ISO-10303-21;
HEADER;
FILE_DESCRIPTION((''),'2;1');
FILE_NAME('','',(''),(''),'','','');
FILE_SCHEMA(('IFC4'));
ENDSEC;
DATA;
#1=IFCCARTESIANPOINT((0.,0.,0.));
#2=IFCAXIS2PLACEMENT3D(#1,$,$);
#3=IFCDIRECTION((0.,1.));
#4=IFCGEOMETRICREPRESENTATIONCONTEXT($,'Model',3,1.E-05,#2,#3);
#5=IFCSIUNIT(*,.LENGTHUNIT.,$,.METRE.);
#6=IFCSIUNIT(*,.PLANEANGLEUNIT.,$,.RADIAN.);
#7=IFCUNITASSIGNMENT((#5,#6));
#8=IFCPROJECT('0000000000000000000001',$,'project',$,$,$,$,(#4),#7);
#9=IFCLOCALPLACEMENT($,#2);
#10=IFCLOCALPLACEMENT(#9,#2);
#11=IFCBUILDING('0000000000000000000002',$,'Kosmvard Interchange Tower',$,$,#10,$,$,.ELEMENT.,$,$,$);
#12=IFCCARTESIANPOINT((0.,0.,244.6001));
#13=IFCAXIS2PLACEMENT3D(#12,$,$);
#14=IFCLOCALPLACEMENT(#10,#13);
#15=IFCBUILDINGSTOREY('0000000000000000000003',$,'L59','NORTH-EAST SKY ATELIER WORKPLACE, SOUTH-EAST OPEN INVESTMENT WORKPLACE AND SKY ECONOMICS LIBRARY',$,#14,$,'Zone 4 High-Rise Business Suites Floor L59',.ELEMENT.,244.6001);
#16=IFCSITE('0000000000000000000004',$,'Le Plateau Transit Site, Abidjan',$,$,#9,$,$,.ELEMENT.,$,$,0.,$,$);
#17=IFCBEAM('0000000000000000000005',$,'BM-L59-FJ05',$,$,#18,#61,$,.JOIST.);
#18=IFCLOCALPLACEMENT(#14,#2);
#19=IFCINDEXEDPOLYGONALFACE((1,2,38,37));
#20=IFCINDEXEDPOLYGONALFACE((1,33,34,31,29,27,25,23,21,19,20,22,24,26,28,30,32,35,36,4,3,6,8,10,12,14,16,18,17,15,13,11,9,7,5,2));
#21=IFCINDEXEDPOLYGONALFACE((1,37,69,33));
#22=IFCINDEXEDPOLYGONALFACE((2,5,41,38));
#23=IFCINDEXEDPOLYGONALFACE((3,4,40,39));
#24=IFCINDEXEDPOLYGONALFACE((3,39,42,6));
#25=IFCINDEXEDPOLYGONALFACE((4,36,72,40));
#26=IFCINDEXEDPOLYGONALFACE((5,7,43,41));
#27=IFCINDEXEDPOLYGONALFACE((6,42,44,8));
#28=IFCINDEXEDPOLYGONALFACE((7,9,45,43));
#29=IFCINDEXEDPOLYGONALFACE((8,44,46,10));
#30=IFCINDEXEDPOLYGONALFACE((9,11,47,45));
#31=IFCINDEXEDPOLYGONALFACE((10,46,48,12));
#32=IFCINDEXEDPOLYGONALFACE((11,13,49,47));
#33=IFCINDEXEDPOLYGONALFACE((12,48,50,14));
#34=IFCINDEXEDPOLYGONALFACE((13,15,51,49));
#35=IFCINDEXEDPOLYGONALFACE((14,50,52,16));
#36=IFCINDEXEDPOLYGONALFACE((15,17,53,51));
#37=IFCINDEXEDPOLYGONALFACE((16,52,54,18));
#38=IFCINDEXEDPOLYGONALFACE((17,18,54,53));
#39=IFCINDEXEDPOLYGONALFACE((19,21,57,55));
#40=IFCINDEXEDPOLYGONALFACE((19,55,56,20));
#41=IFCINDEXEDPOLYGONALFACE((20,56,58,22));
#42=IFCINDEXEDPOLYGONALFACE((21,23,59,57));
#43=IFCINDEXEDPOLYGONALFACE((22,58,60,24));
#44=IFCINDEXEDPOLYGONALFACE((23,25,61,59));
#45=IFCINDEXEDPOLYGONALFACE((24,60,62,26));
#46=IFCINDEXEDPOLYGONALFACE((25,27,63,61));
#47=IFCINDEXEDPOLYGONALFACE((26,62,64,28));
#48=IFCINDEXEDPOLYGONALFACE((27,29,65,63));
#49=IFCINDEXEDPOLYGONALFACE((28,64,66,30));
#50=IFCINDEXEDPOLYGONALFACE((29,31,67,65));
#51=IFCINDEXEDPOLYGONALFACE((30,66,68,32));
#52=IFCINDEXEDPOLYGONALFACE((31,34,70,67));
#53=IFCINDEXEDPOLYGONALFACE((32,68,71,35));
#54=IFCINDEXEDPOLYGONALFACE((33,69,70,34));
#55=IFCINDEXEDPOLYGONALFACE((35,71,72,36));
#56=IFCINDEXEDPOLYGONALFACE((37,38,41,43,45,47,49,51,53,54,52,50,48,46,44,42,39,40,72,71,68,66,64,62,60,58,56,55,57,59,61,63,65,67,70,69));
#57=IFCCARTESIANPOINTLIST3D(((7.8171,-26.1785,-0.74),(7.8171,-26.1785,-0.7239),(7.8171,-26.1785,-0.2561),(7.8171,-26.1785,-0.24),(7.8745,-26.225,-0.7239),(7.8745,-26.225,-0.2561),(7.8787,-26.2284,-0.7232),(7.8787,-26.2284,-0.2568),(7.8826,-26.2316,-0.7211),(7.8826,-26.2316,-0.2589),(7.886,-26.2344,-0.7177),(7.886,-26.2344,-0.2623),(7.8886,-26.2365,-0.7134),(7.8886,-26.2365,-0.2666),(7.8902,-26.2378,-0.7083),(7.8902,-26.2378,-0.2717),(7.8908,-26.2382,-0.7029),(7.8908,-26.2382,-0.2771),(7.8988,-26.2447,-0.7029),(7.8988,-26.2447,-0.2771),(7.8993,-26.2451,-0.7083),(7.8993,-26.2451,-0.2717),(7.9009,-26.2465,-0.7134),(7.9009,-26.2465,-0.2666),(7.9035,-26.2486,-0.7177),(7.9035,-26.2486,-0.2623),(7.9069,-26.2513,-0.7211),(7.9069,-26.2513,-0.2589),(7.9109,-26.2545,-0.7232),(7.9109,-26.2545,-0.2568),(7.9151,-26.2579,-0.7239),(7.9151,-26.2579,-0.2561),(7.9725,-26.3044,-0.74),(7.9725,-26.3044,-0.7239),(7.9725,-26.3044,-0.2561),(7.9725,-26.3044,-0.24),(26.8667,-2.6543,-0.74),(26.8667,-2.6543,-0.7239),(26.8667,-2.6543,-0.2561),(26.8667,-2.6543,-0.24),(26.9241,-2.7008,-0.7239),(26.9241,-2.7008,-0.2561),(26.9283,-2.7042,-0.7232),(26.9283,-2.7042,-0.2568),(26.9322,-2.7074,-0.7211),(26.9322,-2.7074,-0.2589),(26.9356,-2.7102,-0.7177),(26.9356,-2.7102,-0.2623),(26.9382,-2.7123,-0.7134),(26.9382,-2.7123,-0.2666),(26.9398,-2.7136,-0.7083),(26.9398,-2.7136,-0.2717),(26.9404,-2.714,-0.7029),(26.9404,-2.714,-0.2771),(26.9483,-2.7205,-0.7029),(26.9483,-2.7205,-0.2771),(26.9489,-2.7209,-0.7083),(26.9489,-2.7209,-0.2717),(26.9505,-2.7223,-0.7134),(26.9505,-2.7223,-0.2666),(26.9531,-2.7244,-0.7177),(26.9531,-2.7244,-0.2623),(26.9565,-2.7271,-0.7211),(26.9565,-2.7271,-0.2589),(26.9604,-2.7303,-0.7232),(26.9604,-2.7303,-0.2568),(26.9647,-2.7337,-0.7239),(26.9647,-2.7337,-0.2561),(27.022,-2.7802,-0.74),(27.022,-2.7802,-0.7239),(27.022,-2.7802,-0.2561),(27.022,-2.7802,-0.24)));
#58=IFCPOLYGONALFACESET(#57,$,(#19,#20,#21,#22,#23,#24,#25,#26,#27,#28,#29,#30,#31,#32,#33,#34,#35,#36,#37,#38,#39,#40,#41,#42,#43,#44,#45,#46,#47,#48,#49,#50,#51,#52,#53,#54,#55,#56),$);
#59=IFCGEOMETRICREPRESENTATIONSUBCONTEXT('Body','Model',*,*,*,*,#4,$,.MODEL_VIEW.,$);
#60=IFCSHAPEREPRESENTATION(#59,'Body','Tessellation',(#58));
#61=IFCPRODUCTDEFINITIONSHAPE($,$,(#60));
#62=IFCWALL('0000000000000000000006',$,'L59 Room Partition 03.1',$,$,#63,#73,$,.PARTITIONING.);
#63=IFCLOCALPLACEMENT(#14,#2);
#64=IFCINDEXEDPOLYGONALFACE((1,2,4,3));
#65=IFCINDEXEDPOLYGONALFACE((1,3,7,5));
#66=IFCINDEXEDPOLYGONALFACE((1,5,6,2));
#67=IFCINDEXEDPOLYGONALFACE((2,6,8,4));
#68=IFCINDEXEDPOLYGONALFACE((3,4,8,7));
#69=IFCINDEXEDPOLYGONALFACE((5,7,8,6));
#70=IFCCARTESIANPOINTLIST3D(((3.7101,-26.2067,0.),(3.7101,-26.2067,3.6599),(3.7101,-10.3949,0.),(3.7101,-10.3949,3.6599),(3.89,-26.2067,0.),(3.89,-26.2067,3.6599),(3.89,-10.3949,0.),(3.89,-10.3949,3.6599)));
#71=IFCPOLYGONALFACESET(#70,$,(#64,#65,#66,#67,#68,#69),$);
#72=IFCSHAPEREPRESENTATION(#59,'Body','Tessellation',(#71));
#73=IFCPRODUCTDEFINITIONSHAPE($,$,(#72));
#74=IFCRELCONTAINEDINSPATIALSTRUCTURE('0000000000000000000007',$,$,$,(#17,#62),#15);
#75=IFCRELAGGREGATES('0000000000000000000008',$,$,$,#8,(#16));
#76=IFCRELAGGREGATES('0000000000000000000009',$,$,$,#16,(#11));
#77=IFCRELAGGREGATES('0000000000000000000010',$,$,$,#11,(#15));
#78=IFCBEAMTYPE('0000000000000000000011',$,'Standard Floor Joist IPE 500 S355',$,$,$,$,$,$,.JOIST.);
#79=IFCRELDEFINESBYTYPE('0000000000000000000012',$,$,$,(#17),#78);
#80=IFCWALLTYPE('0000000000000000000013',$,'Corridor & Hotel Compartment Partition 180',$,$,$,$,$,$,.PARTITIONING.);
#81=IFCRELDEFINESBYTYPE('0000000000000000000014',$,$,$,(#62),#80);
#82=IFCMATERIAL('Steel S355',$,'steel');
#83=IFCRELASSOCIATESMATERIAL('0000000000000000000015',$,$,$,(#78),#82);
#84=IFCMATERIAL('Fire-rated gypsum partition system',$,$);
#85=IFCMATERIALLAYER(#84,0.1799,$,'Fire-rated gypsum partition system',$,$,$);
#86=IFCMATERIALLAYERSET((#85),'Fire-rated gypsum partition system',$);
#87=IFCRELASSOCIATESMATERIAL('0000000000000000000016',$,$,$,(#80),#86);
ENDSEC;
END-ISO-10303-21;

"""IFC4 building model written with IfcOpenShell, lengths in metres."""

from ifc_helpers import new_model, si_unit, direction, frame, frame_2d, origin, origin_2d, place, context, subcontext, project, spatial, rectangle, i_section, extrude, source, transform, mapped, material, layer, layer_set, material_profile, profile_set, type_object, element, save


model = new_model("IFC4")

# Units and contexts
model_context = context("Model", 3, precision=1e-05, world=origin(), true_north=direction((0.0, 1.0)))
body_context = subcontext(model_context, "Body", "Model", "MODEL_VIEW")
ifc_project = project(units=[si_unit("LENGTHUNIT", "METRE"), si_unit("PLANEANGLEUNIT", "RADIAN")], contexts=[model_context])

# Site, building, storey
site_placement = place(None, origin())
site = spatial("IfcSite", under=ifc_project, at=site_placement, Name="Le Plateau Transit Site, Abidjan", CompositionType="ELEMENT", RefElevation=0.0)
building_placement = place(site_placement, origin())
building = spatial("IfcBuilding", under=site, at=building_placement, Name="Kosmvard Interchange Tower", CompositionType="ELEMENT")
storey_placement = place(building_placement, frame((0.0, 0.0, 244.6001)))
storey = spatial("IfcBuildingStorey", under=building, at=storey_placement, Name="L59", Description="NORTH-EAST SKY ATELIER WORKPLACE, SOUTH-EAST OPEN INVESTMENT WORKPLACE AND SKY ECONOMICS LIBRARY", LongName="Zone 4 High-Rise Business Suites Floor L59", CompositionType="ELEMENT", Elevation=244.6001)

# Beam
ifc_material_1 = material(Name="Steel S355", Category="steel")
ifc_material_profile_1 = material_profile(ifc_material_1, i_section(OverallWidth=0.2, OverallDepth=0.5, WebThickness=0.0103, FlangeThickness=0.0161, FilletRadius=0.021, at=origin_2d()), Name="IPE 500")
ifc_profile_set_1 = profile_set([ifc_material_profile_1], Name="Steel S355")
beam_type_1 = type_object("IfcBeamType", Name="Standard Floor Joist IPE 500 S355", PredefinedType="JOIST", material=ifc_profile_set_1)
shared_shape_1 = source(origin(), body_context, "Body", "SweptSolid", [
    extrude(i_section(OverallWidth=0.2, OverallDepth=0.5, WebThickness=0.0103, FlangeThickness=0.0161, FilletRadius=0.021, at=origin_2d()), origin(), (0.0, 0.0, 1.0), 30.27),
])
beam_1_placement = place(storey_placement, frame((7.8948, -26.2415, -0.49), z_axis=(0.629322, 0.777145, 0.0), x_axis=(-0.777145, 0.629322, 0.0)))
element("IfcBeam", 1, at=beam_1_placement, inside=storey, type_object=beam_type_1, Name="BM-L59-FJ05", PredefinedType="JOIST", context=body_context, shape_type="MappedRepresentation", body=[
    mapped(shared_shape_1, transform((0.0, 0.0, 0.0), scale=1.0)),
])

# Wall
ifc_material_2 = material(Name="Fire-rated gypsum partition system")
ifc_layer_1 = layer(ifc_material_2, 0.1799, Name="Fire-rated gypsum partition system")
ifc_layer_set_1 = layer_set([ifc_layer_1], Name="Fire-rated gypsum partition system")
wall_type_1 = type_object("IfcWallType", Name="Corridor & Hotel Compartment Partition 180", PredefinedType="PARTITIONING", material=ifc_layer_set_1)
wall_1_placement = place(storey_placement, frame((3.8, -10.395, 0.0), z_axis=(0.0, 0.0, 1.0), x_axis=(0.0, -1.0, 0.0)))
element("IfcWall", 2, at=wall_1_placement, inside=storey, type_object=wall_type_1, Name="L59 Room Partition 03.1", PredefinedType="PARTITIONING", context=body_context, shape_type="SweptSolid", body=[
    extrude(rectangle(XDim=15.8118, YDim=0.1799, at=frame_2d((7.9058, 0.0))), origin(), (0.0, 0.0, 1.0), 3.6599),
])

save(model, "model.ifc")
